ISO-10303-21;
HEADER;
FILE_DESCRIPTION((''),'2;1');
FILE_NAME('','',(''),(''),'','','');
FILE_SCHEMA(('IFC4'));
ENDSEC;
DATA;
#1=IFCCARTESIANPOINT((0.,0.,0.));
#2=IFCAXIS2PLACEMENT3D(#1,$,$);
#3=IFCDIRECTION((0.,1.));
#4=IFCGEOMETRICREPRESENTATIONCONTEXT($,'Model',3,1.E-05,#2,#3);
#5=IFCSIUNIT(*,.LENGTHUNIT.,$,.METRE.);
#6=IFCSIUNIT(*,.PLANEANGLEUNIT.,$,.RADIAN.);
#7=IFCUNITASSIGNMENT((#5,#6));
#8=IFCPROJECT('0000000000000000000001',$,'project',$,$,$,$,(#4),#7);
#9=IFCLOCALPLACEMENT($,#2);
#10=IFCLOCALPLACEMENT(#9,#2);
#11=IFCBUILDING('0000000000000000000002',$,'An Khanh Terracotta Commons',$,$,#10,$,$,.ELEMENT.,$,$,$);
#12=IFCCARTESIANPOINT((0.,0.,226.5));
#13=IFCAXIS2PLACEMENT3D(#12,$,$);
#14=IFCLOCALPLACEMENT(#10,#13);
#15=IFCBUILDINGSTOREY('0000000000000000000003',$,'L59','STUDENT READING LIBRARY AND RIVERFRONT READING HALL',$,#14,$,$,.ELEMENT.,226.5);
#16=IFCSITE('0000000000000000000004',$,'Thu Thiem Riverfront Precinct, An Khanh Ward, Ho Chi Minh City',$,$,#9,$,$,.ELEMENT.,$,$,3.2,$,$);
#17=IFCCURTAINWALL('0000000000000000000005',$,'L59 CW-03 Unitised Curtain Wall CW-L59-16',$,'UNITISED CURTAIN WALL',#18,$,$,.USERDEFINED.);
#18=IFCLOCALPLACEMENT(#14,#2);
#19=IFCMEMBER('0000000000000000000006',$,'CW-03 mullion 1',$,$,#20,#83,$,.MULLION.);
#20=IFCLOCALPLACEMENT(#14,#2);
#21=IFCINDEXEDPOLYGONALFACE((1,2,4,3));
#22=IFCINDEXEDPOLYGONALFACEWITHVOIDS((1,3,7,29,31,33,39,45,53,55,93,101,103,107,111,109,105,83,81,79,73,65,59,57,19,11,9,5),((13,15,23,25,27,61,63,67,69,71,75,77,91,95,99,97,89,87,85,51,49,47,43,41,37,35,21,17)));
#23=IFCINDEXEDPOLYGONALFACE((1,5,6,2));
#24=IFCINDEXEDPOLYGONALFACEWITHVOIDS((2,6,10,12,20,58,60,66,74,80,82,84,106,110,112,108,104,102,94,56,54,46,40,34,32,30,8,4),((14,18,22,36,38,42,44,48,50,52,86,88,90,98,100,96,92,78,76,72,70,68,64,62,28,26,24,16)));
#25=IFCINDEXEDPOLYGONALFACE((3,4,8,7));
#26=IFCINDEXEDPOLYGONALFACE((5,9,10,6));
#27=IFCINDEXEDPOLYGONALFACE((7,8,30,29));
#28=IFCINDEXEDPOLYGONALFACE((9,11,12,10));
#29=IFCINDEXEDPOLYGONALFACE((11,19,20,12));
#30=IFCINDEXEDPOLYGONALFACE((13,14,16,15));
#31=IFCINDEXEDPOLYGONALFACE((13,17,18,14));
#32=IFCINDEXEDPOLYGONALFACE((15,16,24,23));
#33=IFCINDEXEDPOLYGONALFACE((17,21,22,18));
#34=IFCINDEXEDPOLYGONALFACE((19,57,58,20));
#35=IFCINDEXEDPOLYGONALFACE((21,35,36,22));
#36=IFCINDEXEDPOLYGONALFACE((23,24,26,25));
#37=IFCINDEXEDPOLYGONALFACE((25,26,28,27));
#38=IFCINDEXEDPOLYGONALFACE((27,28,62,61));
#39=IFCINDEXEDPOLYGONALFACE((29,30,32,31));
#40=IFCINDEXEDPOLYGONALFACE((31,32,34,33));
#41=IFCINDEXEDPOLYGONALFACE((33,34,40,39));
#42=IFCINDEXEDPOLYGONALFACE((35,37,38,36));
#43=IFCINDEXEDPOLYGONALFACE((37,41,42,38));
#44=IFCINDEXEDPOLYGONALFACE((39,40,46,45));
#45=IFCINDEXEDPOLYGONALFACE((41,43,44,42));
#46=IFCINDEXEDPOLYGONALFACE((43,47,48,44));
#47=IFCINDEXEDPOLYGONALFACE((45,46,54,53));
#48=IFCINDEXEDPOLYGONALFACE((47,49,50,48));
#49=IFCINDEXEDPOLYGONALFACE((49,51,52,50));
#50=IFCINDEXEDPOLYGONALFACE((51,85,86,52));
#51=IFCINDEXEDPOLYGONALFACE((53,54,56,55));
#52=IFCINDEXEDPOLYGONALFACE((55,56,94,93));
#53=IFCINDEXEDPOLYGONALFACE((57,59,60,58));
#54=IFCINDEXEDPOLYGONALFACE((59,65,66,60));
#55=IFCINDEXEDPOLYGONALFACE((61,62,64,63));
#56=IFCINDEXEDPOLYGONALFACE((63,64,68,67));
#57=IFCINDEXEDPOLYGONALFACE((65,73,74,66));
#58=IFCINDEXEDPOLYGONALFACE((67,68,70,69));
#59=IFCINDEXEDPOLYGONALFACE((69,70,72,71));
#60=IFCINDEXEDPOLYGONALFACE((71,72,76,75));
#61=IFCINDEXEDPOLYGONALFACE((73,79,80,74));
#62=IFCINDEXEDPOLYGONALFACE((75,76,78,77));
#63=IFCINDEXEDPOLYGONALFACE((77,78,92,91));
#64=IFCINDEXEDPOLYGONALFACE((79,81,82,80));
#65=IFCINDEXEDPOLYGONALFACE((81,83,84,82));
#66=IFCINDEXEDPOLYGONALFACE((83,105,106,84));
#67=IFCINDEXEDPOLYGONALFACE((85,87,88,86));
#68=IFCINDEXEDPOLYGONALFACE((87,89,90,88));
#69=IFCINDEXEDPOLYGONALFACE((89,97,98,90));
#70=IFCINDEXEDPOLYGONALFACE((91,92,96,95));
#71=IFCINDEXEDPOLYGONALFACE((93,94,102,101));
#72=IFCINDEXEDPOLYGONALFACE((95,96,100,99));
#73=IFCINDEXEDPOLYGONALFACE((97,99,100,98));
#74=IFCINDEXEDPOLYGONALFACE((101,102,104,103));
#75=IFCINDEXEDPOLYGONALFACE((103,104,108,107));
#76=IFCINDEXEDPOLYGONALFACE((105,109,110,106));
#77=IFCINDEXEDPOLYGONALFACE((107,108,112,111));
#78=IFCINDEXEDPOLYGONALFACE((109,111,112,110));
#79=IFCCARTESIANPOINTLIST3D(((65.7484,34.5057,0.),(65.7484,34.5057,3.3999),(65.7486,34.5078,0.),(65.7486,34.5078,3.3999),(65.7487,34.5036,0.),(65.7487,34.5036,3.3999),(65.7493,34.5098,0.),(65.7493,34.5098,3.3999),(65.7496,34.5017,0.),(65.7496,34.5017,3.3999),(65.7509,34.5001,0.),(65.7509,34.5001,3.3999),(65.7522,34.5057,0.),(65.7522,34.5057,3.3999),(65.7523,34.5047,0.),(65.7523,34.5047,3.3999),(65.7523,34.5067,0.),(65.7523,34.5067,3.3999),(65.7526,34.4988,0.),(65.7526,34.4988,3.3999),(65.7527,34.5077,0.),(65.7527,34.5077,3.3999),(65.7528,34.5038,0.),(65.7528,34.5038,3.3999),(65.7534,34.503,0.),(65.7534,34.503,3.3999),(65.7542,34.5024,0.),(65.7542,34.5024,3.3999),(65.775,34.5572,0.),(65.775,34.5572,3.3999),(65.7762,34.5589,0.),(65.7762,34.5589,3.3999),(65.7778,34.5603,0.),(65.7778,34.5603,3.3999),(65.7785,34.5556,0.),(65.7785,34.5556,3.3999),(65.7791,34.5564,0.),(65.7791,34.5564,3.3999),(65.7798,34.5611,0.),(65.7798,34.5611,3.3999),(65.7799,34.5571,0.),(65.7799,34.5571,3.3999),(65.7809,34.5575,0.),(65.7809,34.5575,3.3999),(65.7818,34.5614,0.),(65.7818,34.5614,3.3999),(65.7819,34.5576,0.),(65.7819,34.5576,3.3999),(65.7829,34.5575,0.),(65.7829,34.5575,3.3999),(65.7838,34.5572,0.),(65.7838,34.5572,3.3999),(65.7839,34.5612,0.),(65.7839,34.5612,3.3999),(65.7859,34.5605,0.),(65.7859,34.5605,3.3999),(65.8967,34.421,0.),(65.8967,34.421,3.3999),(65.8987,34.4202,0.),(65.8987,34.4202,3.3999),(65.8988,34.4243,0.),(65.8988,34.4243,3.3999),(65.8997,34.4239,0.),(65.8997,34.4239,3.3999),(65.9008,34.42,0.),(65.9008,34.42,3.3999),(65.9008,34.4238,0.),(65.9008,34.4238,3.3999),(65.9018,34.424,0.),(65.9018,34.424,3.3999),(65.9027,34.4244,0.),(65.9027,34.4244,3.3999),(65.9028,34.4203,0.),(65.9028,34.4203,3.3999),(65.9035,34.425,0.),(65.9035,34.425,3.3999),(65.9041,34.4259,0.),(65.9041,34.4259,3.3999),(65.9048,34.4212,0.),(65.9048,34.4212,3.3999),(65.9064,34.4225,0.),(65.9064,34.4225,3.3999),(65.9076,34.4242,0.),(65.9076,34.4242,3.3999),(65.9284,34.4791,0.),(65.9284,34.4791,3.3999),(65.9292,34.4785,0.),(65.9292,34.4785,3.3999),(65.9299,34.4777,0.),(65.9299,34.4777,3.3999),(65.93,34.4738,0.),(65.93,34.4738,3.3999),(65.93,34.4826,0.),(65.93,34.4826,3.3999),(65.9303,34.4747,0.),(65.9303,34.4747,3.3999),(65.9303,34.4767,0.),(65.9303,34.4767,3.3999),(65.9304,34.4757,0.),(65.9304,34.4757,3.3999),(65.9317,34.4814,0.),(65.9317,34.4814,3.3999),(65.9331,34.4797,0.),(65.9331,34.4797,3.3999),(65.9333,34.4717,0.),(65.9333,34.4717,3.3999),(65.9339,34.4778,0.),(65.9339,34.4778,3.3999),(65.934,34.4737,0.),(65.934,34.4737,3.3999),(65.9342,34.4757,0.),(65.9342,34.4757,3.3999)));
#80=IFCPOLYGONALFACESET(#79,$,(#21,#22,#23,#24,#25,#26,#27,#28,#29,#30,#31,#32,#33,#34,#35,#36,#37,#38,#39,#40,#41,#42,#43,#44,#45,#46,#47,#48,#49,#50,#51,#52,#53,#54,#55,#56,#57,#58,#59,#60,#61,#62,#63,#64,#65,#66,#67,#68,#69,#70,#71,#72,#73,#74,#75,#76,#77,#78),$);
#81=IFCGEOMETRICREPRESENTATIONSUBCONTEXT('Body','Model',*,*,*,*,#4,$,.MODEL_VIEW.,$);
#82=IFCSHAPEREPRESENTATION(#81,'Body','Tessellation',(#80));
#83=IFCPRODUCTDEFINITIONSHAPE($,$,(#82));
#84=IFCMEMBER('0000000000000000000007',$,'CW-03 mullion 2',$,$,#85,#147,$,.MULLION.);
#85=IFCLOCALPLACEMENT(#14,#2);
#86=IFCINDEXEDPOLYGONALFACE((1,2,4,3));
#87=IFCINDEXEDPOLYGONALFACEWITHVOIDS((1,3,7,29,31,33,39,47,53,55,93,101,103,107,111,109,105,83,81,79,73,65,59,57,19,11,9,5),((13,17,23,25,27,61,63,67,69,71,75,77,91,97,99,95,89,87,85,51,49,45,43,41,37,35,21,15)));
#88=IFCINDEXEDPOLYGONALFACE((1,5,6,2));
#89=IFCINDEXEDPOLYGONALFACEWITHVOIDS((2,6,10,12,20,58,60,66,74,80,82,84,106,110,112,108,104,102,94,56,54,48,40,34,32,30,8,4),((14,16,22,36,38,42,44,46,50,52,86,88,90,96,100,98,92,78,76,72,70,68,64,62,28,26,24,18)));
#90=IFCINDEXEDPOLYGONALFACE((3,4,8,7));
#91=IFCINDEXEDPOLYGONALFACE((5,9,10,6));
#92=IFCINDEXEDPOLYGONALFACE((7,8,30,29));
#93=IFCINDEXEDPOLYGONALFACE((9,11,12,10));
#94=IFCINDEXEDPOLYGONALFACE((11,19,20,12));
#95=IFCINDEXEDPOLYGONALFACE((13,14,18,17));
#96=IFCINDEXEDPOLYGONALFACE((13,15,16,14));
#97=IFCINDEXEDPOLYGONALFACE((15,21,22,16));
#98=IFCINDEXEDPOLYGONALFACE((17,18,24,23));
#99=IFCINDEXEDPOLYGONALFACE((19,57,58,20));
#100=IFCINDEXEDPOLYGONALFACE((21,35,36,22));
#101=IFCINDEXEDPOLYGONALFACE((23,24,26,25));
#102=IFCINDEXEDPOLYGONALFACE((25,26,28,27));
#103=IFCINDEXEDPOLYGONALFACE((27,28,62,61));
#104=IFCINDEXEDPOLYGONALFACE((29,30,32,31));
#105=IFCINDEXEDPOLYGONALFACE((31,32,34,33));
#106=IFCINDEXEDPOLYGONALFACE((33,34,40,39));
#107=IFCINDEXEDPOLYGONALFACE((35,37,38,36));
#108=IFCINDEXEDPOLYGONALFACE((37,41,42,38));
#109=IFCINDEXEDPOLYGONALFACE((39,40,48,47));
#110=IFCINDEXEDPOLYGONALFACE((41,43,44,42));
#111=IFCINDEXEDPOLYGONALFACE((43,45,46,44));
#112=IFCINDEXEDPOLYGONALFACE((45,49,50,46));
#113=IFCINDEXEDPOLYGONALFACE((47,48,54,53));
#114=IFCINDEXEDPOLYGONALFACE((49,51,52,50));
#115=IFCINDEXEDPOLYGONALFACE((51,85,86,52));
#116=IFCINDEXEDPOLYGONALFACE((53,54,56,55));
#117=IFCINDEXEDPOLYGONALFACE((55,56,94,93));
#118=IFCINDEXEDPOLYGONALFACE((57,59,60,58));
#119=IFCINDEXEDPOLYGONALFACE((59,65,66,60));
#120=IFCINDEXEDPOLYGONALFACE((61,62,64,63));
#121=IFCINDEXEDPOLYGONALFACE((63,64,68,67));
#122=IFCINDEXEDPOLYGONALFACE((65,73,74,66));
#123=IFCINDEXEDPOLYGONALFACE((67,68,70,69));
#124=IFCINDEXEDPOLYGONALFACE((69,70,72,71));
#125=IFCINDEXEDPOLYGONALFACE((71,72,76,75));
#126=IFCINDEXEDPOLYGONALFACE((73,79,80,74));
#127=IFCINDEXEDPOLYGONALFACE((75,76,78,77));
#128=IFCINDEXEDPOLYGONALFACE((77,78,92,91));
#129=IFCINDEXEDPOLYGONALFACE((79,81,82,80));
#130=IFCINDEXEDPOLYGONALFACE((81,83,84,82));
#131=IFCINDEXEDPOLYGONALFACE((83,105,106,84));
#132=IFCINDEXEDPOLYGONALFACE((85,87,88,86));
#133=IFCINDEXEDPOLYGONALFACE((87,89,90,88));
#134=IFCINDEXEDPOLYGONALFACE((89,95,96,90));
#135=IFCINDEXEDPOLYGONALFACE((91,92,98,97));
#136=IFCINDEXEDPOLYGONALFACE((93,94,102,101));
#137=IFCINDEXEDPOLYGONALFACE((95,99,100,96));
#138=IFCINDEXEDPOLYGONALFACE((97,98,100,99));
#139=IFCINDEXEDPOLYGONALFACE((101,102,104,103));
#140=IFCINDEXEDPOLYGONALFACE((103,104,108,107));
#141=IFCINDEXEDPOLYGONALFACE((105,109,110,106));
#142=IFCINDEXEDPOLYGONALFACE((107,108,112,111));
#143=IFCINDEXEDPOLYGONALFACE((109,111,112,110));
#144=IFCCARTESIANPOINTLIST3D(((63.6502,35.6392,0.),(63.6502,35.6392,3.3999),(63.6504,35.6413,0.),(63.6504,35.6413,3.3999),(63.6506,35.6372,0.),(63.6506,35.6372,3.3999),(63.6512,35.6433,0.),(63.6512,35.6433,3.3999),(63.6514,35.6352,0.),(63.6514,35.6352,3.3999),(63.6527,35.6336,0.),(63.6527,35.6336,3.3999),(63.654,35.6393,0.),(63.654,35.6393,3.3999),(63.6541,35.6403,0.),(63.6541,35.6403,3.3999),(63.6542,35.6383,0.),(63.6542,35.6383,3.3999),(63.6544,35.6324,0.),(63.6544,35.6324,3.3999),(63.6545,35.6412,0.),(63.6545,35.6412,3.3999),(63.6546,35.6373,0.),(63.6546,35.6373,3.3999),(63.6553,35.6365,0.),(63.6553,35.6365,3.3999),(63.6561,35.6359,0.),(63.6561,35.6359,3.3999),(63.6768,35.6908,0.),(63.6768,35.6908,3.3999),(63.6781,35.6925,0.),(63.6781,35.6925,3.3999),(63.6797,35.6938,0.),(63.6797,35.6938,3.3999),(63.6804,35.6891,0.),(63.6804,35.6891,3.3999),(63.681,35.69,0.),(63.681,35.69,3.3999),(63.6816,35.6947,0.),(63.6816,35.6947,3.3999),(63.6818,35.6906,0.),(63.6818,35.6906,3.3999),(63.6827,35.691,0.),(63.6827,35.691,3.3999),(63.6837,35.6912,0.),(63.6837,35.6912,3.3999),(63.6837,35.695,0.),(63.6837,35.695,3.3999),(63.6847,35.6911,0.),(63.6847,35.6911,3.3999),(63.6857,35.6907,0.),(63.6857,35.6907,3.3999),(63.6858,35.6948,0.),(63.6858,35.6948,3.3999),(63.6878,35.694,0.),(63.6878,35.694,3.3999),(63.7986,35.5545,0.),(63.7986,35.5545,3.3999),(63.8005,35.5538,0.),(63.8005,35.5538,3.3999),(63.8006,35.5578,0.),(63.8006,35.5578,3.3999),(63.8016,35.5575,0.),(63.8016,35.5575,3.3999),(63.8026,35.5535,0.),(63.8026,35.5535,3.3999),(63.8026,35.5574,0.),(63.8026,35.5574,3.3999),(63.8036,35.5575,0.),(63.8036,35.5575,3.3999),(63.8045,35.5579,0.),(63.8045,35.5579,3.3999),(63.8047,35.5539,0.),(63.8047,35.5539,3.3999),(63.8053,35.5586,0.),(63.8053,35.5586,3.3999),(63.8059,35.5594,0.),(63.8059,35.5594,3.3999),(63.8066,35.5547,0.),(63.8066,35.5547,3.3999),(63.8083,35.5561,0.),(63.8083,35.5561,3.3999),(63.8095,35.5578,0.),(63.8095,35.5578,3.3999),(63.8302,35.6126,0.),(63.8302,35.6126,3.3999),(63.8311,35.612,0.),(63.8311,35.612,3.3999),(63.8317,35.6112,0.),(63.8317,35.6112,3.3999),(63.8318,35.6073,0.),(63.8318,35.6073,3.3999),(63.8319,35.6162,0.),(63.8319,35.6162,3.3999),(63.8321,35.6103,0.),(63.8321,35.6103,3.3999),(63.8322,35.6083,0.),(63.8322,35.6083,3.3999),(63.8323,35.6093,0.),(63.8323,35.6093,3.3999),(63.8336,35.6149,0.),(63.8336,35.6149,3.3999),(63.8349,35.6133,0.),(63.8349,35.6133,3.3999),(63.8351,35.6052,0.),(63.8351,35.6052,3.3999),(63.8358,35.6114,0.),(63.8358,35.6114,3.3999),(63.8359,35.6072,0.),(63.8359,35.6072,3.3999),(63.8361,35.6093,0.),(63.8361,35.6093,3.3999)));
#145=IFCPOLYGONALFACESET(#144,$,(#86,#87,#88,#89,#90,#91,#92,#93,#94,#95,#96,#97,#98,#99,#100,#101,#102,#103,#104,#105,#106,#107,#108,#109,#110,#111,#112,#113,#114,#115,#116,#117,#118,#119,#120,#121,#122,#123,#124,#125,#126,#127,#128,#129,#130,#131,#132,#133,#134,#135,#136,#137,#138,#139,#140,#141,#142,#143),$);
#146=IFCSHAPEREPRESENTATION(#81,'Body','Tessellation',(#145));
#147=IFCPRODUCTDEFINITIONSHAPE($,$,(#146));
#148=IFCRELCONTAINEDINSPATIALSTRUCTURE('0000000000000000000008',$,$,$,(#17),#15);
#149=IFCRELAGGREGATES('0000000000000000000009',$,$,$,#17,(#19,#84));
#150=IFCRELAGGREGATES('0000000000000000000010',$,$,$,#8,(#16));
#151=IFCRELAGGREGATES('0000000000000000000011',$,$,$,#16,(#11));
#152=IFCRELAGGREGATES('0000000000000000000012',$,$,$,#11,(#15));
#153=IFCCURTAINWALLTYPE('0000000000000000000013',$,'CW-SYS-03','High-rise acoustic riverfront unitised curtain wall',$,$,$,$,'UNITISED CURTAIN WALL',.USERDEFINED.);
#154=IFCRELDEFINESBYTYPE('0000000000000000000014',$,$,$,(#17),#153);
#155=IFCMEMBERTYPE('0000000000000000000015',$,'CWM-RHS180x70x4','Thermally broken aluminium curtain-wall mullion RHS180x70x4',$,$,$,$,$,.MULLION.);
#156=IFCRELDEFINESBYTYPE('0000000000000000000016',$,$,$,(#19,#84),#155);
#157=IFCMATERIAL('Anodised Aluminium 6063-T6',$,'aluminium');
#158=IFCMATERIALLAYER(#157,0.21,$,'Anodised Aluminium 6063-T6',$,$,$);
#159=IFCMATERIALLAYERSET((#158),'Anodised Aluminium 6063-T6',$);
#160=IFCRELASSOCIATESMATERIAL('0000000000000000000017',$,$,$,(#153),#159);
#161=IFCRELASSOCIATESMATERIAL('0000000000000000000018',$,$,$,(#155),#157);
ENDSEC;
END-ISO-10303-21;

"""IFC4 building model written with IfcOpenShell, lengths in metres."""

from ifc_helpers import new_model, si_unit, direction, frame, origin, origin_2d, place, context, subcontext, project, spatial, hollow_rectangle, extrude, material, layer, layer_set, material_profile, profile_set, type_object, element, aggregate, save


model = new_model("IFC4")

# Units and contexts
model_context = context("Model", 3, precision=1e-05, world=origin(), true_north=direction((0.0, 1.0)))
body_context = subcontext(model_context, "Body", "Model", "MODEL_VIEW")
ifc_project = project(units=[si_unit("LENGTHUNIT", "METRE"), si_unit("PLANEANGLEUNIT", "RADIAN")], contexts=[model_context])

# Site, building, storey
site_placement = place(None, origin())
site = spatial("IfcSite", under=ifc_project, at=site_placement, Name="Thu Thiem Riverfront Precinct, An Khanh Ward, Ho Chi Minh City", CompositionType="ELEMENT", RefElevation=3.2)
building_placement = place(site_placement, origin())
building = spatial("IfcBuilding", under=site, at=building_placement, Name="An Khanh Terracotta Commons", CompositionType="ELEMENT")
storey_placement = place(building_placement, frame((0.0, 0.0, 226.5)))
storey = spatial("IfcBuildingStorey", under=building, at=storey_placement, Name="L59", Description="STUDENT READING LIBRARY AND RIVERFRONT READING HALL", CompositionType="ELEMENT", Elevation=226.5)

# Curtain wall, members
ifc_material_1 = material(Name="Anodised Aluminium 6063-T6", Category="aluminium")
ifc_layer_1 = layer(ifc_material_1, 0.21, Name="Anodised Aluminium 6063-T6")
ifc_layer_set_1 = layer_set([ifc_layer_1], Name="Anodised Aluminium 6063-T6")
curtain_wall_type = type_object("IfcCurtainWallType", Name="CW-SYS-03", Description="High-rise acoustic riverfront unitised curtain wall", ElementType="UNITISED CURTAIN WALL", PredefinedType="USERDEFINED", material=ifc_layer_set_1)
ifc_material_profile_1 = material_profile(ifc_material_1, hollow_rectangle(XDim=0.0701, YDim=0.1799, WallThickness=0.0039, InnerFilletRadius=0.0039, OuterFilletRadius=0.0081, at=origin_2d()), Name="RHS180x70x4")
ifc_profile_set_1 = profile_set([ifc_material_profile_1], Name="Anodised Aluminium 6063-T6")
member_type_1 = type_object("IfcMemberType", Name="CWM-RHS180x70x4", Description="Thermally broken aluminium curtain-wall mullion RHS180x70x4", PredefinedType="MULLION", material=ifc_profile_set_1)
curtain_wall_1_placement = place(storey_placement, origin())
curtain_wall_1 = element("IfcCurtainWall", 1, at=curtain_wall_1_placement, inside=storey, type_object=curtain_wall_type, Name="L59 CW-03 Unitised Curtain Wall CW-L59-16", ObjectType="UNITISED CURTAIN WALL", PredefinedType="USERDEFINED")
member_1_placement = place(storey_placement, frame((65.8413, 34.4907, 0.0), z_axis=(0.0, 0.0, 1.0), x_axis=(-0.475381, -0.87978, 0.0)))
member_1 = element("IfcMember", 2, at=member_1_placement, type_object=member_type_1, Name="CW-03 mullion 1", PredefinedType="MULLION", context=body_context, shape_type="SweptSolid", body=[
    extrude(hollow_rectangle(XDim=0.0701, YDim=0.1799, WallThickness=0.0039, InnerFilletRadius=0.0039, OuterFilletRadius=0.0081, at=origin_2d()), origin(), (0.0, 0.0, 1.0), 3.3999),
])
member_2_placement = place(storey_placement, frame((63.7432, 35.6243, 0.0), z_axis=(0.0, 0.0, 1.0), x_axis=(-0.475381, -0.87978, 0.0)))
member_2 = element("IfcMember", 3, at=member_2_placement, type_object=member_type_1, Name="CW-03 mullion 2", PredefinedType="MULLION", context=body_context, shape_type="SweptSolid", body=[
    extrude(hollow_rectangle(XDim=0.0701, YDim=0.1799, WallThickness=0.0039, InnerFilletRadius=0.0039, OuterFilletRadius=0.0081, at=origin_2d()), origin(), (0.0, 0.0, 1.0), 3.3999),
])

aggregate(curtain_wall_1, [member_1, member_2])

save(model, "model.ifc")
